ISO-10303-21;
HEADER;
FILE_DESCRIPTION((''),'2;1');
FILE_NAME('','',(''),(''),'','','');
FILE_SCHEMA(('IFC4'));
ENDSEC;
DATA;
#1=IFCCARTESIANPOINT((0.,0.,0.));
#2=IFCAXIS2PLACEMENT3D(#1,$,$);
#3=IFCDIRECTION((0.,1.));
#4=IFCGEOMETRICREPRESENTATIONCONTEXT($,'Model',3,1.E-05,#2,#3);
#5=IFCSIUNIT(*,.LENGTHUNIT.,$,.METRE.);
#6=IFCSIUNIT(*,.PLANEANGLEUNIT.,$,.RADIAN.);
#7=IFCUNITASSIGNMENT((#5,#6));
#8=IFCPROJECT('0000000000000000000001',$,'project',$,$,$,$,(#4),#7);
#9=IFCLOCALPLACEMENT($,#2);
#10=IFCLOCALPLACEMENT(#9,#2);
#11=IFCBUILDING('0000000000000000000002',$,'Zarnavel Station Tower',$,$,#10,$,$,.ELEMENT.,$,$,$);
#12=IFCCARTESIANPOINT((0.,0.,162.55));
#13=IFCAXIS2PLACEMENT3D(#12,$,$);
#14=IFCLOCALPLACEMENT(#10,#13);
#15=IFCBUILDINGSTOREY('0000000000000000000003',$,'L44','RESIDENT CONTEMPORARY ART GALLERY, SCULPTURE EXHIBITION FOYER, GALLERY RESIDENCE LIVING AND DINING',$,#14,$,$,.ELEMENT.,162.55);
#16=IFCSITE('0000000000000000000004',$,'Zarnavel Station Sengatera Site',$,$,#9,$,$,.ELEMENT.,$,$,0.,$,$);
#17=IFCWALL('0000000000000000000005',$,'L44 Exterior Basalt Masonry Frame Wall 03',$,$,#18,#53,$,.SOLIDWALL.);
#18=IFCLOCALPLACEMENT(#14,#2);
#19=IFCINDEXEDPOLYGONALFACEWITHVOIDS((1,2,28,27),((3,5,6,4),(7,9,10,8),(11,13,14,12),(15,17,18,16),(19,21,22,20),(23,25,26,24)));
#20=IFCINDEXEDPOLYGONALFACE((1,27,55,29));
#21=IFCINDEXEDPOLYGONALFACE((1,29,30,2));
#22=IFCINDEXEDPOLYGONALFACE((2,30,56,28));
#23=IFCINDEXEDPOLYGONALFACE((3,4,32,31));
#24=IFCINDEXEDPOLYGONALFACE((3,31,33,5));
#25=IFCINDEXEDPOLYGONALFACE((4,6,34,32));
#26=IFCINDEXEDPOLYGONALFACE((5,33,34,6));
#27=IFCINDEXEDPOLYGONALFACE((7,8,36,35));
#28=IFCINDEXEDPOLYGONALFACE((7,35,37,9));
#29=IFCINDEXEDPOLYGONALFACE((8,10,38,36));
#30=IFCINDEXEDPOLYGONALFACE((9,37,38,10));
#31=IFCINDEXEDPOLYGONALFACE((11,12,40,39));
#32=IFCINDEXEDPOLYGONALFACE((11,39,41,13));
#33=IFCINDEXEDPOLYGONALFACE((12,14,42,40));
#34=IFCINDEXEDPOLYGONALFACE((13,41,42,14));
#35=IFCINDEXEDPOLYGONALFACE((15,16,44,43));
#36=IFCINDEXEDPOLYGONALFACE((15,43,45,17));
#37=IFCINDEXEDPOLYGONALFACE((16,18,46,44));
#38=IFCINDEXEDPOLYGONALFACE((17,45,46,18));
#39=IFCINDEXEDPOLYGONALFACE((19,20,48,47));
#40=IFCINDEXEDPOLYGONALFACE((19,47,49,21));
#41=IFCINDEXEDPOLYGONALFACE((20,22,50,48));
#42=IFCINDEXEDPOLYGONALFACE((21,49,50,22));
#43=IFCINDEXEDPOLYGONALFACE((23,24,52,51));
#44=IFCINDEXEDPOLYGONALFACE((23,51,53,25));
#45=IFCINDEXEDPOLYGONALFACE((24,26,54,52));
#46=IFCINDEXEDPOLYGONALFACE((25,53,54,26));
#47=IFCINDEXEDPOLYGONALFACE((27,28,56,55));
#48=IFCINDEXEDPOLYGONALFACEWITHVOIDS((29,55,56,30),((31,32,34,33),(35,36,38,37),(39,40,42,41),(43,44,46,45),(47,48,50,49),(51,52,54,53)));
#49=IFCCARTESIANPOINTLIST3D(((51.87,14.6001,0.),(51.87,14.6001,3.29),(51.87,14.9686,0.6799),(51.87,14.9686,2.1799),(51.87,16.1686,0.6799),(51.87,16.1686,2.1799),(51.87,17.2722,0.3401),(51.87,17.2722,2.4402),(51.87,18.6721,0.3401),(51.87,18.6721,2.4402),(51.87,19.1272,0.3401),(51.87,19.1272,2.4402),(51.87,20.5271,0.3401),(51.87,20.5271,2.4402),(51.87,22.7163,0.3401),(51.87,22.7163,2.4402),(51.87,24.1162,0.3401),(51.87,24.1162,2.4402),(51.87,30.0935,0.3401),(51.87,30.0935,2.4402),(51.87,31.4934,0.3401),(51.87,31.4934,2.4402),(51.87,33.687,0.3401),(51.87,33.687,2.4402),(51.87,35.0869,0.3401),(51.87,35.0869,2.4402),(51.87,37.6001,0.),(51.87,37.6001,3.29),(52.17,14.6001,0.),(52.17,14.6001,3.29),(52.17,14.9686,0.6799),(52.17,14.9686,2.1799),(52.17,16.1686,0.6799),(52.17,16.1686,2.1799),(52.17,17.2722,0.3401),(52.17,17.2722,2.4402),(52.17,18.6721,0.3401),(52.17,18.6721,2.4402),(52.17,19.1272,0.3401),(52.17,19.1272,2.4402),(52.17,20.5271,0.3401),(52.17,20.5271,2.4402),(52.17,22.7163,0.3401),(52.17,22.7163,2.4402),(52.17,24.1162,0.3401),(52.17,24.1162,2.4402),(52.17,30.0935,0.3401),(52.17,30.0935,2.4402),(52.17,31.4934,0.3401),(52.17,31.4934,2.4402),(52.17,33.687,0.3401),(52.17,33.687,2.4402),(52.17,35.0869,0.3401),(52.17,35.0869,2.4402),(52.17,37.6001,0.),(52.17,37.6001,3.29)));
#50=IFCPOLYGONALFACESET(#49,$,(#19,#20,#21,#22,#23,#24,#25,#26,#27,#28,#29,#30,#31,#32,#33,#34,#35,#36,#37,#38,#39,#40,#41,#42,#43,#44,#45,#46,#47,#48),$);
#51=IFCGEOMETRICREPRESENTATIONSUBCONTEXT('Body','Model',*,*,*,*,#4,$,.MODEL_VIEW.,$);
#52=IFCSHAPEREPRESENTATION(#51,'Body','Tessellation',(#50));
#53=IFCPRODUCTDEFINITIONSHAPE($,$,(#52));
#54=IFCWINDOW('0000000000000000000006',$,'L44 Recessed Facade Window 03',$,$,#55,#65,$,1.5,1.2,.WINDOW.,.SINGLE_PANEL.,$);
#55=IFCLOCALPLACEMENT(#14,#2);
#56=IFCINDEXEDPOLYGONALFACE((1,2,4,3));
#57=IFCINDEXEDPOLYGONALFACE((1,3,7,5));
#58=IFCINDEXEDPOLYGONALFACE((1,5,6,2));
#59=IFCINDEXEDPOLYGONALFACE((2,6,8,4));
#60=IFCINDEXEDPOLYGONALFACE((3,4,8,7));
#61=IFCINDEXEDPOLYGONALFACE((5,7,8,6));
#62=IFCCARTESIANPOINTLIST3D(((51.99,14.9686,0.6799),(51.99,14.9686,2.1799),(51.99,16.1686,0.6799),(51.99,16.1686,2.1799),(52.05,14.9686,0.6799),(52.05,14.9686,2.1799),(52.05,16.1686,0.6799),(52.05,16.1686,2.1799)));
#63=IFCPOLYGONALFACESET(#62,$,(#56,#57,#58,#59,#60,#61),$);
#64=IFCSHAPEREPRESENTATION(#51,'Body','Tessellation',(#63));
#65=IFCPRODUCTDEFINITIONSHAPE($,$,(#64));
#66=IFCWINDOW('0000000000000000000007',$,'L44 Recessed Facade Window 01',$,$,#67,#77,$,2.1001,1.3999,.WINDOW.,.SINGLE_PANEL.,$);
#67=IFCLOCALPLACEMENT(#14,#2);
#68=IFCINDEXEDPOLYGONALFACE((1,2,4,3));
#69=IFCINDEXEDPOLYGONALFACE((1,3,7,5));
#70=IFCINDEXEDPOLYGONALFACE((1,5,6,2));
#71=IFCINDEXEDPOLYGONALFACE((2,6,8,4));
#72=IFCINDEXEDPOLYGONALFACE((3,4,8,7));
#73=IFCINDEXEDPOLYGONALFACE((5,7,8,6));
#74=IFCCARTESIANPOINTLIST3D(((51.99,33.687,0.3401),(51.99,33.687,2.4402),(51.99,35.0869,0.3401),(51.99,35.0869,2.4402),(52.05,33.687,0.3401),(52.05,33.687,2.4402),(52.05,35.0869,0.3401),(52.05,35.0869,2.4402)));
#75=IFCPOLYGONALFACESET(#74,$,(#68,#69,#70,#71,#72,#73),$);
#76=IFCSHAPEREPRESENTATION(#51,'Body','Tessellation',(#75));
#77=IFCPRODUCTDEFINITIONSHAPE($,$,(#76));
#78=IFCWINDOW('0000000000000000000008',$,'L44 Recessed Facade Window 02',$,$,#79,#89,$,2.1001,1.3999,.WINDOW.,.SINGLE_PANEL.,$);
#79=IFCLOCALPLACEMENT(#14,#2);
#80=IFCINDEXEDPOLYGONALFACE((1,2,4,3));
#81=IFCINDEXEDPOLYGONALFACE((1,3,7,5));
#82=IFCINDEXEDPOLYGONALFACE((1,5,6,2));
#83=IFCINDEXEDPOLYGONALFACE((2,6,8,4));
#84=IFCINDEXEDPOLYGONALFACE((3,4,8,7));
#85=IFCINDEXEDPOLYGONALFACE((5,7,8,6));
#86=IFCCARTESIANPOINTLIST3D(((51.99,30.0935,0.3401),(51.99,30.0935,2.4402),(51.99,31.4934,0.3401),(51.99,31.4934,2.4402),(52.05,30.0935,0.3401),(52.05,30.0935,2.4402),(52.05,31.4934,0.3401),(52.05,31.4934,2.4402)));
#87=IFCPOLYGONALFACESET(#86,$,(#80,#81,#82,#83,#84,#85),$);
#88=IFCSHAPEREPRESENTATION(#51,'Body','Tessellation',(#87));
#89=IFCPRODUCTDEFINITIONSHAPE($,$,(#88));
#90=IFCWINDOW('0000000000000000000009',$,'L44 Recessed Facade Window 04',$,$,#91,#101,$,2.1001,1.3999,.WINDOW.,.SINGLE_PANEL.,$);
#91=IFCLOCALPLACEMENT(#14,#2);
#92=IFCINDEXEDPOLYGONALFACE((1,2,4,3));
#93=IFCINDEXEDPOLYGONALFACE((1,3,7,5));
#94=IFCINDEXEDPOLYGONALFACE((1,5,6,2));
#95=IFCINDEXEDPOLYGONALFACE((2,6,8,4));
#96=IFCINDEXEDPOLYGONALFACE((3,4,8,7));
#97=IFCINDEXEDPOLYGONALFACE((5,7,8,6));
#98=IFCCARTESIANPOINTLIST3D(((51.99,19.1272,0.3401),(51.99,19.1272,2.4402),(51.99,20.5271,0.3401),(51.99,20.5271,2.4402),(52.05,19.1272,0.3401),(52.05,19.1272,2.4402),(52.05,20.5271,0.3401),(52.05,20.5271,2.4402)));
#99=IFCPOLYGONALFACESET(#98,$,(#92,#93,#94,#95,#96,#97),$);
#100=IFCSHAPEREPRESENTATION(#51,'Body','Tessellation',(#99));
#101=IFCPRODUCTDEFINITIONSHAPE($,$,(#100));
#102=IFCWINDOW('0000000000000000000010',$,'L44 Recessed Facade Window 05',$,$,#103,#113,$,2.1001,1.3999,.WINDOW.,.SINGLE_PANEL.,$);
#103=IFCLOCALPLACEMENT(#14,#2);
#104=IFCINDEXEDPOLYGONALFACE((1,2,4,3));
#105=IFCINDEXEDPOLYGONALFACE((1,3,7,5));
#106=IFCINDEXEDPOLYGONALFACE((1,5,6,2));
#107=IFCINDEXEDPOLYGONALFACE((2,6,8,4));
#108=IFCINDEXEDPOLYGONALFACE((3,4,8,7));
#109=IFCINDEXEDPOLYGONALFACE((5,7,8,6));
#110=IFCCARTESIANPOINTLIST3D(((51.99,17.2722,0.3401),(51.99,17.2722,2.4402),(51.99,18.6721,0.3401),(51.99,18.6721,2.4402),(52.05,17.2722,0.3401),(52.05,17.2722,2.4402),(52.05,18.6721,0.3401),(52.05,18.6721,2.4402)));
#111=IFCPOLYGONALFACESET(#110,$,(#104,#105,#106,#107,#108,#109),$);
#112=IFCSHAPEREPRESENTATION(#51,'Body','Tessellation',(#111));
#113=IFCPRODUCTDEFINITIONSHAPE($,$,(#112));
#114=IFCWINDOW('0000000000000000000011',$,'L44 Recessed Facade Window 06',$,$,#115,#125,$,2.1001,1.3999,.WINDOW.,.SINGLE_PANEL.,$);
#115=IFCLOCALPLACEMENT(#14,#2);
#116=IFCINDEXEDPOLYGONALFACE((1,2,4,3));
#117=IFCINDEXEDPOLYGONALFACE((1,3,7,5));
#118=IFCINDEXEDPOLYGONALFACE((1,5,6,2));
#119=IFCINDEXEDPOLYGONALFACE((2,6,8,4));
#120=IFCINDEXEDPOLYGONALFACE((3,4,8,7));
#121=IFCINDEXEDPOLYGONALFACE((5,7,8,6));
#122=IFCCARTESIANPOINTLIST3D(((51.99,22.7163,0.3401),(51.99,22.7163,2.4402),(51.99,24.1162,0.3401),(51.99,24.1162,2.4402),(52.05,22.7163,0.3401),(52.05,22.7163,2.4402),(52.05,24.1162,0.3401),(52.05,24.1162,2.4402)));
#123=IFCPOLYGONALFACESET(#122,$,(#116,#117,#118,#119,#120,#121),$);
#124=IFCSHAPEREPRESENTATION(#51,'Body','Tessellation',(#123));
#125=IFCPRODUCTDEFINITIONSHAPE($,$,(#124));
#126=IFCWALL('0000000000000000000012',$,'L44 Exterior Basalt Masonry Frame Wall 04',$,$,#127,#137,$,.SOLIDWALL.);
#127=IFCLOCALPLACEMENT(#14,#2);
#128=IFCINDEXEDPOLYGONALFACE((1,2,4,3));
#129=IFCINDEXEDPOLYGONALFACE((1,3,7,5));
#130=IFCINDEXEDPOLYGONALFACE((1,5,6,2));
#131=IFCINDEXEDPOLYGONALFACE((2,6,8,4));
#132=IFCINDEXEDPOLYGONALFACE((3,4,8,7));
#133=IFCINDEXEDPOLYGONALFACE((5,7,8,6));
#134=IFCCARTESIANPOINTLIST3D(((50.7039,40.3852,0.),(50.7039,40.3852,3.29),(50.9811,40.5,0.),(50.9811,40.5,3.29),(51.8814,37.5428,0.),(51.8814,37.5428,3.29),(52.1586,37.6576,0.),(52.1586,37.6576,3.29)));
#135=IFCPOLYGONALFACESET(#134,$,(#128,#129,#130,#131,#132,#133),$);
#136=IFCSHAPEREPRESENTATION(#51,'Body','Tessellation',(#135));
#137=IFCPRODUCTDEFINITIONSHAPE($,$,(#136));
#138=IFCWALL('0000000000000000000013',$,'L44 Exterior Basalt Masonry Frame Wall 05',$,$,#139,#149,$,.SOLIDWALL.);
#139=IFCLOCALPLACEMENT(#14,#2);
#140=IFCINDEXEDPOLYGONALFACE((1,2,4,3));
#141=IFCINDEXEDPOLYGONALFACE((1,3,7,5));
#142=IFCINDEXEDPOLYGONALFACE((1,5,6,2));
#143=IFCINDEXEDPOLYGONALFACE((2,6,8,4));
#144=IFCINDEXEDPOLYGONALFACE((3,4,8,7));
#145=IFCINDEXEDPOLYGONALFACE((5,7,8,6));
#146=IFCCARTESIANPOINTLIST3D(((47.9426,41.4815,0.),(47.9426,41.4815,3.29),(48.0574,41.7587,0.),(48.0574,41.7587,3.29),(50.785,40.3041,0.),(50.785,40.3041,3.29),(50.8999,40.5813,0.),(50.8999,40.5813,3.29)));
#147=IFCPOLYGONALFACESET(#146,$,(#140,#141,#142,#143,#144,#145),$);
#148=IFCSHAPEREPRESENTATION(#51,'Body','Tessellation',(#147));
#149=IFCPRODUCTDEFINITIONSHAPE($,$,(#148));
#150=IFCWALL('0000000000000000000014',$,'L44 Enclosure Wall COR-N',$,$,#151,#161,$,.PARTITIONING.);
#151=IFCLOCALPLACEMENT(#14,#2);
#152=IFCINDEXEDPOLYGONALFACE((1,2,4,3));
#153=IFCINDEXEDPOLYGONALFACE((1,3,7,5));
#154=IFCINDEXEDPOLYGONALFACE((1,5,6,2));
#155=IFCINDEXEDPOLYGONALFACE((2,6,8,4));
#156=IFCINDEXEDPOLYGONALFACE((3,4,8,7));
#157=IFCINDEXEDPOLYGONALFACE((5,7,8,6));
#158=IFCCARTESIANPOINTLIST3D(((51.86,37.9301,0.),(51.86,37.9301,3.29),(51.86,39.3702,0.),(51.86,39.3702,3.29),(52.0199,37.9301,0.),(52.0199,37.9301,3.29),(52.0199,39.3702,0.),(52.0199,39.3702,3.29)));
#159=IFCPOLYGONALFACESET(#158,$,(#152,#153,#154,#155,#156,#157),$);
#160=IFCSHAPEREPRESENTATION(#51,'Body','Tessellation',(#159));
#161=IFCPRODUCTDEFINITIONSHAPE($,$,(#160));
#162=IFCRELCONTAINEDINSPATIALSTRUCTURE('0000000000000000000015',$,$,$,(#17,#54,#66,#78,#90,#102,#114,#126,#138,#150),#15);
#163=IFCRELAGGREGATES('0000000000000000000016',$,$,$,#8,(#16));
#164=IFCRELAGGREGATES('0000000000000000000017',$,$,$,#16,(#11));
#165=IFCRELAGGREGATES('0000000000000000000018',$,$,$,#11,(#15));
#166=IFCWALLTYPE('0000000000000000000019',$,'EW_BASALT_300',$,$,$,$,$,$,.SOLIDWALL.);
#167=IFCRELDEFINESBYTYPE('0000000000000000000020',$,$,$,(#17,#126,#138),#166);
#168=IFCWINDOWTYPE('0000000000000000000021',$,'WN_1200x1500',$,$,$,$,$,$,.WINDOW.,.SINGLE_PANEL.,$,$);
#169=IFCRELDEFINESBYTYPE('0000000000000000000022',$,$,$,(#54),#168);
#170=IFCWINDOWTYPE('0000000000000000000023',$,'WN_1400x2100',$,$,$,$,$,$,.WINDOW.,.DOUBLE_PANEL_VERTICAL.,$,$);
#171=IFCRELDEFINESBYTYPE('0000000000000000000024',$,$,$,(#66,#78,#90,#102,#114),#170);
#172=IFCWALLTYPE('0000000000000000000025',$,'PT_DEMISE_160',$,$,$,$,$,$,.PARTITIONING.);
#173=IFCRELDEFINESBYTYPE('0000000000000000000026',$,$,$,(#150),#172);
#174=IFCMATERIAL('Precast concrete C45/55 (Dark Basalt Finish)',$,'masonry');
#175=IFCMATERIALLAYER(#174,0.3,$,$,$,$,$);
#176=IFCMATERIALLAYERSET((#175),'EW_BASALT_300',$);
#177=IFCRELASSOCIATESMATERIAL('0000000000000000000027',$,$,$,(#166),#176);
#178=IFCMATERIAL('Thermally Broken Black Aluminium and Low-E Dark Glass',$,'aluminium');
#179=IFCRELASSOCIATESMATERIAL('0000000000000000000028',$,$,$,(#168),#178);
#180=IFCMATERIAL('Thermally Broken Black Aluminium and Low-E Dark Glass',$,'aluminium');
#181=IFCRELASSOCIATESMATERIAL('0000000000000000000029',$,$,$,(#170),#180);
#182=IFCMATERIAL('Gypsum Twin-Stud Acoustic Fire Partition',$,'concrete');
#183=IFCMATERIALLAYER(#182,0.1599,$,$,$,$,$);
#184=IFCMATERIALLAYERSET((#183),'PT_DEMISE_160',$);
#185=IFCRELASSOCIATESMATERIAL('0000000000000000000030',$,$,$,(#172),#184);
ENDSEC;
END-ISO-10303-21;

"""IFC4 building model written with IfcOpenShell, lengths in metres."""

from ifc_helpers import new_model, si_unit, direction, frame, frame_2d, origin, place, context, subcontext, project, spatial, rectangle, extrude, material, layer, layer_set, type_object, element, fill, save


model = new_model("IFC4")

# Units and contexts
model_context = context("Model", 3, precision=1e-05, world=origin(), true_north=direction((0.0, 1.0)))
body_context = subcontext(model_context, "Body", "Model", "MODEL_VIEW")
ifc_project = project(units=[si_unit("LENGTHUNIT", "METRE"), si_unit("PLANEANGLEUNIT", "RADIAN")], contexts=[model_context])

# Site, building, storey
site_placement = place(None, origin())
site = spatial("IfcSite", under=ifc_project, at=site_placement, Name="Zarnavel Station Sengatera Site", CompositionType="ELEMENT", RefElevation=0.0)
building_placement = place(site_placement, origin())
building = spatial("IfcBuilding", under=site, at=building_placement, Name="Zarnavel Station Tower", CompositionType="ELEMENT")
storey_placement = place(building_placement, frame((0.0, 0.0, 162.55)))
storey = spatial("IfcBuildingStorey", under=building, at=storey_placement, Name="L44", Description="RESIDENT CONTEMPORARY ART GALLERY, SCULPTURE EXHIBITION FOYER, GALLERY RESIDENCE LIVING AND DINING", CompositionType="ELEMENT", Elevation=162.55)

# Wall, openings, windows
ifc_material_1 = material(Name="Precast concrete C45/55 (Dark Basalt Finish)", Category="masonry")
ifc_layer_1 = layer(ifc_material_1, 0.3)
ifc_layer_set_1 = layer_set([ifc_layer_1], Name="EW_BASALT_300")
wall_type_1 = type_object("IfcWallType", Name="EW_BASALT_300", PredefinedType="SOLIDWALL", material=ifc_layer_set_1)
wall_1_placement = place(storey_placement, frame((52.02, 37.6001, 0.0), z_axis=(0.0, 0.0, 1.0), x_axis=(0.0, -1.0, 0.0)))
wall_1 = element("IfcWall", 1, at=wall_1_placement, inside=storey, type_object=wall_type_1, Name="L44 Exterior Basalt Masonry Frame Wall 03", PredefinedType="SOLIDWALL", context=body_context, shape_type="SweptSolid", body=[
    extrude(rectangle(XDim=23.0, YDim=0.3, at=frame_2d((11.5, 0.0))), origin(), (0.0, 0.0, 1.0), 3.29),
])
opening_1_placement = place(wall_1_placement, frame((2.5132, 0.0, 0.3401)))
opening_1 = element("IfcOpeningElement", 2, at=opening_1_placement, cuts=wall_1, PredefinedType="OPENING", context=body_context, shape_type="SweptSolid", body=[
    extrude(rectangle(XDim=1.3999, YDim=2.1001, at=frame_2d((0.7, 1.05))), frame((0.0, 0.1599, 0.0), z_axis=(0.0, -1.0, 0.0), x_axis=(1.0, 0.0, 0.0)), (0.0, 0.0, 1.0), 0.3201),
])
opening_2_placement = place(wall_1_placement, frame((6.1067, 0.0, 0.3401)))
opening_2 = element("IfcOpeningElement", 3, at=opening_2_placement, cuts=wall_1, PredefinedType="OPENING", context=body_context, shape_type="SweptSolid", body=[
    extrude(rectangle(XDim=1.3999, YDim=2.1001, at=frame_2d((0.7, 1.05))), frame((0.0, 0.1599, 0.0), z_axis=(0.0, -1.0, 0.0), x_axis=(1.0, 0.0, 0.0)), (0.0, 0.0, 1.0), 0.3201),
])
opening_3_placement = place(wall_1_placement, frame((21.4314, 0.0, 0.6799)))
opening_3 = element("IfcOpeningElement", 4, at=opening_3_placement, cuts=wall_1, PredefinedType="OPENING", context=body_context, shape_type="SweptSolid", body=[
    extrude(rectangle(XDim=1.2, YDim=1.5, at=frame_2d((0.6001, 0.75))), frame((0.0, 0.1599, 0.0), z_axis=(0.0, -1.0, 0.0), x_axis=(1.0, 0.0, 0.0)), (0.0, 0.0, 1.0), 0.3201),
])
opening_4_placement = place(wall_1_placement, frame((17.073, 0.0, 0.3401)))
opening_4 = element("IfcOpeningElement", 5, at=opening_4_placement, cuts=wall_1, PredefinedType="OPENING", context=body_context, shape_type="SweptSolid", body=[
    extrude(rectangle(XDim=1.3999, YDim=2.1001, at=frame_2d((0.7, 1.05))), frame((0.0, 0.1599, 0.0), z_axis=(0.0, -1.0, 0.0), x_axis=(1.0, 0.0, 0.0)), (0.0, 0.0, 1.0), 0.3201),
])
opening_5_placement = place(wall_1_placement, frame((18.928, 0.0, 0.3401)))
opening_5 = element("IfcOpeningElement", 6, at=opening_5_placement, cuts=wall_1, PredefinedType="OPENING", context=body_context, shape_type="SweptSolid", body=[
    extrude(rectangle(XDim=1.3999, YDim=2.1001, at=frame_2d((0.7, 1.05))), frame((0.0, 0.1599, 0.0), z_axis=(0.0, -1.0, 0.0), x_axis=(1.0, 0.0, 0.0)), (0.0, 0.0, 1.0), 0.3201),
])
opening_6_placement = place(wall_1_placement, frame((13.4839, 0.0, 0.3401)))
opening_6 = element("IfcOpeningElement", 7, at=opening_6_placement, cuts=wall_1, PredefinedType="OPENING", context=body_context, shape_type="SweptSolid", body=[
    extrude(rectangle(XDim=1.3999, YDim=2.1001, at=frame_2d((0.7, 1.05))), frame((0.0, 0.1599, 0.0), z_axis=(0.0, -1.0, 0.0), x_axis=(1.0, 0.0, 0.0)), (0.0, 0.0, 1.0), 0.3201),
])
ifc_material_2 = material(Name="Thermally Broken Black Aluminium and Low-E Dark Glass", Category="aluminium")
window_type_1 = type_object("IfcWindowType", Name="WN_1200x1500", PartitioningType="SINGLE_PANEL", PredefinedType="WINDOW", material=ifc_material_2)
window_1_placement = place(opening_3_placement, origin())
window_1 = element("IfcWindow", 8, at=window_1_placement, inside=storey, type_object=window_type_1, Name="L44 Recessed Facade Window 03", OverallHeight=1.5, OverallWidth=1.2, PartitioningType="SINGLE_PANEL", PredefinedType="WINDOW", context=body_context, shape_type="SweptSolid", body=[
    extrude(rectangle(XDim=1.2, YDim=1.5, at=frame_2d((0.6001, 0.75))), frame((0.0, 0.03, 0.0), z_axis=(0.0, -1.0, 0.0), x_axis=(1.0, 0.0, 0.0)), (0.0, 0.0, 1.0), 0.0601),
])
fill(opening_3, window_1)
ifc_material_3 = material(Name="Thermally Broken Black Aluminium and Low-E Dark Glass", Category="aluminium")
window_type_2 = type_object("IfcWindowType", Name="WN_1400x2100", PartitioningType="DOUBLE_PANEL_VERTICAL", PredefinedType="WINDOW", material=ifc_material_3)
window_2_placement = place(opening_1_placement, origin())
window_2 = element("IfcWindow", 9, at=window_2_placement, inside=storey, type_object=window_type_2, Name="L44 Recessed Facade Window 01", OverallHeight=2.1001, OverallWidth=1.3999, PartitioningType="SINGLE_PANEL", PredefinedType="WINDOW", context=body_context, shape_type="SweptSolid", body=[
    extrude(rectangle(XDim=1.3999, YDim=2.1001, at=frame_2d((0.7, 1.05))), frame((0.0, 0.03, 0.0), z_axis=(0.0, -1.0, 0.0), x_axis=(1.0, 0.0, 0.0)), (0.0, 0.0, 1.0), 0.0601),
])
fill(opening_1, window_2)
window_3_placement = place(opening_2_placement, origin())
window_3 = element("IfcWindow", 10, at=window_3_placement, inside=storey, type_object=window_type_2, Name="L44 Recessed Facade Window 02", OverallHeight=2.1001, OverallWidth=1.3999, PartitioningType="SINGLE_PANEL", PredefinedType="WINDOW", context=body_context, shape_type="SweptSolid", body=[
    extrude(rectangle(XDim=1.3999, YDim=2.1001, at=frame_2d((0.7, 1.05))), frame((0.0, 0.03, 0.0), z_axis=(0.0, -1.0, 0.0), x_axis=(1.0, 0.0, 0.0)), (0.0, 0.0, 1.0), 0.0601),
])
fill(opening_2, window_3)
window_4_placement = place(opening_4_placement, origin())
window_4 = element("IfcWindow", 11, at=window_4_placement, inside=storey, type_object=window_type_2, Name="L44 Recessed Facade Window 04", OverallHeight=2.1001, OverallWidth=1.3999, PartitioningType="SINGLE_PANEL", PredefinedType="WINDOW", context=body_context, shape_type="SweptSolid", body=[
    extrude(rectangle(XDim=1.3999, YDim=2.1001, at=frame_2d((0.7, 1.05))), frame((0.0, 0.03, 0.0), z_axis=(0.0, -1.0, 0.0), x_axis=(1.0, 0.0, 0.0)), (0.0, 0.0, 1.0), 0.0601),
])
fill(opening_4, window_4)
window_5_placement = place(opening_5_placement, origin())
window_5 = element("IfcWindow", 12, at=window_5_placement, inside=storey, type_object=window_type_2, Name="L44 Recessed Facade Window 05", OverallHeight=2.1001, OverallWidth=1.3999, PartitioningType="SINGLE_PANEL", PredefinedType="WINDOW", context=body_context, shape_type="SweptSolid", body=[
    extrude(rectangle(XDim=1.3999, YDim=2.1001, at=frame_2d((0.7, 1.05))), frame((0.0, 0.03, 0.0), z_axis=(0.0, -1.0, 0.0), x_axis=(1.0, 0.0, 0.0)), (0.0, 0.0, 1.0), 0.0601),
])
fill(opening_5, window_5)
window_6_placement = place(opening_6_placement, origin())
window_6 = element("IfcWindow", 13, at=window_6_placement, inside=storey, type_object=window_type_2, Name="L44 Recessed Facade Window 06", OverallHeight=2.1001, OverallWidth=1.3999, PartitioningType="SINGLE_PANEL", PredefinedType="WINDOW", context=body_context, shape_type="SweptSolid", body=[
    extrude(rectangle(XDim=1.3999, YDim=2.1001, at=frame_2d((0.7, 1.05))), frame((0.0, 0.03, 0.0), z_axis=(0.0, -1.0, 0.0), x_axis=(1.0, 0.0, 0.0)), (0.0, 0.0, 1.0), 0.0601),
])
fill(opening_6, window_6)

# Walls
for number, where, z_axis, x_axis, name in (
    (14, (50.8425, 40.4426, 0.0), (0.0, 0.0, 1.0), (0.382705, -0.923871, 0.0), "L44 Exterior Basalt Masonry Frame Wall 04"),
    (15, (48.0, 41.6201, 0.0), (0.0, 0.0, 1.0), (0.923871, -0.382705, 0.0), "L44 Exterior Basalt Masonry Frame Wall 05"),
):
    element("IfcWall", number, at=place(storey_placement, frame(where, z_axis=z_axis, x_axis=x_axis)), inside=storey, type_object=wall_type_1, Name=name, PredefinedType="SOLIDWALL", context=body_context, shape_type="SweptSolid", body=[
        extrude(rectangle(XDim=3.0767, YDim=0.3, at=frame_2d((1.5383, 0.0))), origin(), (0.0, 0.0, 1.0), 3.29),
    ])
ifc_material_4 = material(Name="Gypsum Twin-Stud Acoustic Fire Partition", Category="concrete")
ifc_layer_2 = layer(ifc_material_4, 0.1599)
ifc_layer_set_2 = layer_set([ifc_layer_2], Name="PT_DEMISE_160")
wall_type_2 = type_object("IfcWallType", Name="PT_DEMISE_160", PredefinedType="PARTITIONING", material=ifc_layer_set_2)
wall_2_placement = place(storey_placement, frame((51.9399, 37.9299, 0.0), z_axis=(0.0, 0.0, 1.0), x_axis=(0.0, 1.0, 0.0)))
element("IfcWall", 16, at=wall_2_placement, inside=storey, type_object=wall_type_2, Name="L44 Enclosure Wall COR-N", PredefinedType="PARTITIONING", context=body_context, shape_type="SweptSolid", body=[
    extrude(rectangle(XDim=1.4402, YDim=0.1599, at=frame_2d((0.7202, 0.0))), origin(), (0.0, 0.0, 1.0), 3.29),
])

save(model, "model.ifc")
